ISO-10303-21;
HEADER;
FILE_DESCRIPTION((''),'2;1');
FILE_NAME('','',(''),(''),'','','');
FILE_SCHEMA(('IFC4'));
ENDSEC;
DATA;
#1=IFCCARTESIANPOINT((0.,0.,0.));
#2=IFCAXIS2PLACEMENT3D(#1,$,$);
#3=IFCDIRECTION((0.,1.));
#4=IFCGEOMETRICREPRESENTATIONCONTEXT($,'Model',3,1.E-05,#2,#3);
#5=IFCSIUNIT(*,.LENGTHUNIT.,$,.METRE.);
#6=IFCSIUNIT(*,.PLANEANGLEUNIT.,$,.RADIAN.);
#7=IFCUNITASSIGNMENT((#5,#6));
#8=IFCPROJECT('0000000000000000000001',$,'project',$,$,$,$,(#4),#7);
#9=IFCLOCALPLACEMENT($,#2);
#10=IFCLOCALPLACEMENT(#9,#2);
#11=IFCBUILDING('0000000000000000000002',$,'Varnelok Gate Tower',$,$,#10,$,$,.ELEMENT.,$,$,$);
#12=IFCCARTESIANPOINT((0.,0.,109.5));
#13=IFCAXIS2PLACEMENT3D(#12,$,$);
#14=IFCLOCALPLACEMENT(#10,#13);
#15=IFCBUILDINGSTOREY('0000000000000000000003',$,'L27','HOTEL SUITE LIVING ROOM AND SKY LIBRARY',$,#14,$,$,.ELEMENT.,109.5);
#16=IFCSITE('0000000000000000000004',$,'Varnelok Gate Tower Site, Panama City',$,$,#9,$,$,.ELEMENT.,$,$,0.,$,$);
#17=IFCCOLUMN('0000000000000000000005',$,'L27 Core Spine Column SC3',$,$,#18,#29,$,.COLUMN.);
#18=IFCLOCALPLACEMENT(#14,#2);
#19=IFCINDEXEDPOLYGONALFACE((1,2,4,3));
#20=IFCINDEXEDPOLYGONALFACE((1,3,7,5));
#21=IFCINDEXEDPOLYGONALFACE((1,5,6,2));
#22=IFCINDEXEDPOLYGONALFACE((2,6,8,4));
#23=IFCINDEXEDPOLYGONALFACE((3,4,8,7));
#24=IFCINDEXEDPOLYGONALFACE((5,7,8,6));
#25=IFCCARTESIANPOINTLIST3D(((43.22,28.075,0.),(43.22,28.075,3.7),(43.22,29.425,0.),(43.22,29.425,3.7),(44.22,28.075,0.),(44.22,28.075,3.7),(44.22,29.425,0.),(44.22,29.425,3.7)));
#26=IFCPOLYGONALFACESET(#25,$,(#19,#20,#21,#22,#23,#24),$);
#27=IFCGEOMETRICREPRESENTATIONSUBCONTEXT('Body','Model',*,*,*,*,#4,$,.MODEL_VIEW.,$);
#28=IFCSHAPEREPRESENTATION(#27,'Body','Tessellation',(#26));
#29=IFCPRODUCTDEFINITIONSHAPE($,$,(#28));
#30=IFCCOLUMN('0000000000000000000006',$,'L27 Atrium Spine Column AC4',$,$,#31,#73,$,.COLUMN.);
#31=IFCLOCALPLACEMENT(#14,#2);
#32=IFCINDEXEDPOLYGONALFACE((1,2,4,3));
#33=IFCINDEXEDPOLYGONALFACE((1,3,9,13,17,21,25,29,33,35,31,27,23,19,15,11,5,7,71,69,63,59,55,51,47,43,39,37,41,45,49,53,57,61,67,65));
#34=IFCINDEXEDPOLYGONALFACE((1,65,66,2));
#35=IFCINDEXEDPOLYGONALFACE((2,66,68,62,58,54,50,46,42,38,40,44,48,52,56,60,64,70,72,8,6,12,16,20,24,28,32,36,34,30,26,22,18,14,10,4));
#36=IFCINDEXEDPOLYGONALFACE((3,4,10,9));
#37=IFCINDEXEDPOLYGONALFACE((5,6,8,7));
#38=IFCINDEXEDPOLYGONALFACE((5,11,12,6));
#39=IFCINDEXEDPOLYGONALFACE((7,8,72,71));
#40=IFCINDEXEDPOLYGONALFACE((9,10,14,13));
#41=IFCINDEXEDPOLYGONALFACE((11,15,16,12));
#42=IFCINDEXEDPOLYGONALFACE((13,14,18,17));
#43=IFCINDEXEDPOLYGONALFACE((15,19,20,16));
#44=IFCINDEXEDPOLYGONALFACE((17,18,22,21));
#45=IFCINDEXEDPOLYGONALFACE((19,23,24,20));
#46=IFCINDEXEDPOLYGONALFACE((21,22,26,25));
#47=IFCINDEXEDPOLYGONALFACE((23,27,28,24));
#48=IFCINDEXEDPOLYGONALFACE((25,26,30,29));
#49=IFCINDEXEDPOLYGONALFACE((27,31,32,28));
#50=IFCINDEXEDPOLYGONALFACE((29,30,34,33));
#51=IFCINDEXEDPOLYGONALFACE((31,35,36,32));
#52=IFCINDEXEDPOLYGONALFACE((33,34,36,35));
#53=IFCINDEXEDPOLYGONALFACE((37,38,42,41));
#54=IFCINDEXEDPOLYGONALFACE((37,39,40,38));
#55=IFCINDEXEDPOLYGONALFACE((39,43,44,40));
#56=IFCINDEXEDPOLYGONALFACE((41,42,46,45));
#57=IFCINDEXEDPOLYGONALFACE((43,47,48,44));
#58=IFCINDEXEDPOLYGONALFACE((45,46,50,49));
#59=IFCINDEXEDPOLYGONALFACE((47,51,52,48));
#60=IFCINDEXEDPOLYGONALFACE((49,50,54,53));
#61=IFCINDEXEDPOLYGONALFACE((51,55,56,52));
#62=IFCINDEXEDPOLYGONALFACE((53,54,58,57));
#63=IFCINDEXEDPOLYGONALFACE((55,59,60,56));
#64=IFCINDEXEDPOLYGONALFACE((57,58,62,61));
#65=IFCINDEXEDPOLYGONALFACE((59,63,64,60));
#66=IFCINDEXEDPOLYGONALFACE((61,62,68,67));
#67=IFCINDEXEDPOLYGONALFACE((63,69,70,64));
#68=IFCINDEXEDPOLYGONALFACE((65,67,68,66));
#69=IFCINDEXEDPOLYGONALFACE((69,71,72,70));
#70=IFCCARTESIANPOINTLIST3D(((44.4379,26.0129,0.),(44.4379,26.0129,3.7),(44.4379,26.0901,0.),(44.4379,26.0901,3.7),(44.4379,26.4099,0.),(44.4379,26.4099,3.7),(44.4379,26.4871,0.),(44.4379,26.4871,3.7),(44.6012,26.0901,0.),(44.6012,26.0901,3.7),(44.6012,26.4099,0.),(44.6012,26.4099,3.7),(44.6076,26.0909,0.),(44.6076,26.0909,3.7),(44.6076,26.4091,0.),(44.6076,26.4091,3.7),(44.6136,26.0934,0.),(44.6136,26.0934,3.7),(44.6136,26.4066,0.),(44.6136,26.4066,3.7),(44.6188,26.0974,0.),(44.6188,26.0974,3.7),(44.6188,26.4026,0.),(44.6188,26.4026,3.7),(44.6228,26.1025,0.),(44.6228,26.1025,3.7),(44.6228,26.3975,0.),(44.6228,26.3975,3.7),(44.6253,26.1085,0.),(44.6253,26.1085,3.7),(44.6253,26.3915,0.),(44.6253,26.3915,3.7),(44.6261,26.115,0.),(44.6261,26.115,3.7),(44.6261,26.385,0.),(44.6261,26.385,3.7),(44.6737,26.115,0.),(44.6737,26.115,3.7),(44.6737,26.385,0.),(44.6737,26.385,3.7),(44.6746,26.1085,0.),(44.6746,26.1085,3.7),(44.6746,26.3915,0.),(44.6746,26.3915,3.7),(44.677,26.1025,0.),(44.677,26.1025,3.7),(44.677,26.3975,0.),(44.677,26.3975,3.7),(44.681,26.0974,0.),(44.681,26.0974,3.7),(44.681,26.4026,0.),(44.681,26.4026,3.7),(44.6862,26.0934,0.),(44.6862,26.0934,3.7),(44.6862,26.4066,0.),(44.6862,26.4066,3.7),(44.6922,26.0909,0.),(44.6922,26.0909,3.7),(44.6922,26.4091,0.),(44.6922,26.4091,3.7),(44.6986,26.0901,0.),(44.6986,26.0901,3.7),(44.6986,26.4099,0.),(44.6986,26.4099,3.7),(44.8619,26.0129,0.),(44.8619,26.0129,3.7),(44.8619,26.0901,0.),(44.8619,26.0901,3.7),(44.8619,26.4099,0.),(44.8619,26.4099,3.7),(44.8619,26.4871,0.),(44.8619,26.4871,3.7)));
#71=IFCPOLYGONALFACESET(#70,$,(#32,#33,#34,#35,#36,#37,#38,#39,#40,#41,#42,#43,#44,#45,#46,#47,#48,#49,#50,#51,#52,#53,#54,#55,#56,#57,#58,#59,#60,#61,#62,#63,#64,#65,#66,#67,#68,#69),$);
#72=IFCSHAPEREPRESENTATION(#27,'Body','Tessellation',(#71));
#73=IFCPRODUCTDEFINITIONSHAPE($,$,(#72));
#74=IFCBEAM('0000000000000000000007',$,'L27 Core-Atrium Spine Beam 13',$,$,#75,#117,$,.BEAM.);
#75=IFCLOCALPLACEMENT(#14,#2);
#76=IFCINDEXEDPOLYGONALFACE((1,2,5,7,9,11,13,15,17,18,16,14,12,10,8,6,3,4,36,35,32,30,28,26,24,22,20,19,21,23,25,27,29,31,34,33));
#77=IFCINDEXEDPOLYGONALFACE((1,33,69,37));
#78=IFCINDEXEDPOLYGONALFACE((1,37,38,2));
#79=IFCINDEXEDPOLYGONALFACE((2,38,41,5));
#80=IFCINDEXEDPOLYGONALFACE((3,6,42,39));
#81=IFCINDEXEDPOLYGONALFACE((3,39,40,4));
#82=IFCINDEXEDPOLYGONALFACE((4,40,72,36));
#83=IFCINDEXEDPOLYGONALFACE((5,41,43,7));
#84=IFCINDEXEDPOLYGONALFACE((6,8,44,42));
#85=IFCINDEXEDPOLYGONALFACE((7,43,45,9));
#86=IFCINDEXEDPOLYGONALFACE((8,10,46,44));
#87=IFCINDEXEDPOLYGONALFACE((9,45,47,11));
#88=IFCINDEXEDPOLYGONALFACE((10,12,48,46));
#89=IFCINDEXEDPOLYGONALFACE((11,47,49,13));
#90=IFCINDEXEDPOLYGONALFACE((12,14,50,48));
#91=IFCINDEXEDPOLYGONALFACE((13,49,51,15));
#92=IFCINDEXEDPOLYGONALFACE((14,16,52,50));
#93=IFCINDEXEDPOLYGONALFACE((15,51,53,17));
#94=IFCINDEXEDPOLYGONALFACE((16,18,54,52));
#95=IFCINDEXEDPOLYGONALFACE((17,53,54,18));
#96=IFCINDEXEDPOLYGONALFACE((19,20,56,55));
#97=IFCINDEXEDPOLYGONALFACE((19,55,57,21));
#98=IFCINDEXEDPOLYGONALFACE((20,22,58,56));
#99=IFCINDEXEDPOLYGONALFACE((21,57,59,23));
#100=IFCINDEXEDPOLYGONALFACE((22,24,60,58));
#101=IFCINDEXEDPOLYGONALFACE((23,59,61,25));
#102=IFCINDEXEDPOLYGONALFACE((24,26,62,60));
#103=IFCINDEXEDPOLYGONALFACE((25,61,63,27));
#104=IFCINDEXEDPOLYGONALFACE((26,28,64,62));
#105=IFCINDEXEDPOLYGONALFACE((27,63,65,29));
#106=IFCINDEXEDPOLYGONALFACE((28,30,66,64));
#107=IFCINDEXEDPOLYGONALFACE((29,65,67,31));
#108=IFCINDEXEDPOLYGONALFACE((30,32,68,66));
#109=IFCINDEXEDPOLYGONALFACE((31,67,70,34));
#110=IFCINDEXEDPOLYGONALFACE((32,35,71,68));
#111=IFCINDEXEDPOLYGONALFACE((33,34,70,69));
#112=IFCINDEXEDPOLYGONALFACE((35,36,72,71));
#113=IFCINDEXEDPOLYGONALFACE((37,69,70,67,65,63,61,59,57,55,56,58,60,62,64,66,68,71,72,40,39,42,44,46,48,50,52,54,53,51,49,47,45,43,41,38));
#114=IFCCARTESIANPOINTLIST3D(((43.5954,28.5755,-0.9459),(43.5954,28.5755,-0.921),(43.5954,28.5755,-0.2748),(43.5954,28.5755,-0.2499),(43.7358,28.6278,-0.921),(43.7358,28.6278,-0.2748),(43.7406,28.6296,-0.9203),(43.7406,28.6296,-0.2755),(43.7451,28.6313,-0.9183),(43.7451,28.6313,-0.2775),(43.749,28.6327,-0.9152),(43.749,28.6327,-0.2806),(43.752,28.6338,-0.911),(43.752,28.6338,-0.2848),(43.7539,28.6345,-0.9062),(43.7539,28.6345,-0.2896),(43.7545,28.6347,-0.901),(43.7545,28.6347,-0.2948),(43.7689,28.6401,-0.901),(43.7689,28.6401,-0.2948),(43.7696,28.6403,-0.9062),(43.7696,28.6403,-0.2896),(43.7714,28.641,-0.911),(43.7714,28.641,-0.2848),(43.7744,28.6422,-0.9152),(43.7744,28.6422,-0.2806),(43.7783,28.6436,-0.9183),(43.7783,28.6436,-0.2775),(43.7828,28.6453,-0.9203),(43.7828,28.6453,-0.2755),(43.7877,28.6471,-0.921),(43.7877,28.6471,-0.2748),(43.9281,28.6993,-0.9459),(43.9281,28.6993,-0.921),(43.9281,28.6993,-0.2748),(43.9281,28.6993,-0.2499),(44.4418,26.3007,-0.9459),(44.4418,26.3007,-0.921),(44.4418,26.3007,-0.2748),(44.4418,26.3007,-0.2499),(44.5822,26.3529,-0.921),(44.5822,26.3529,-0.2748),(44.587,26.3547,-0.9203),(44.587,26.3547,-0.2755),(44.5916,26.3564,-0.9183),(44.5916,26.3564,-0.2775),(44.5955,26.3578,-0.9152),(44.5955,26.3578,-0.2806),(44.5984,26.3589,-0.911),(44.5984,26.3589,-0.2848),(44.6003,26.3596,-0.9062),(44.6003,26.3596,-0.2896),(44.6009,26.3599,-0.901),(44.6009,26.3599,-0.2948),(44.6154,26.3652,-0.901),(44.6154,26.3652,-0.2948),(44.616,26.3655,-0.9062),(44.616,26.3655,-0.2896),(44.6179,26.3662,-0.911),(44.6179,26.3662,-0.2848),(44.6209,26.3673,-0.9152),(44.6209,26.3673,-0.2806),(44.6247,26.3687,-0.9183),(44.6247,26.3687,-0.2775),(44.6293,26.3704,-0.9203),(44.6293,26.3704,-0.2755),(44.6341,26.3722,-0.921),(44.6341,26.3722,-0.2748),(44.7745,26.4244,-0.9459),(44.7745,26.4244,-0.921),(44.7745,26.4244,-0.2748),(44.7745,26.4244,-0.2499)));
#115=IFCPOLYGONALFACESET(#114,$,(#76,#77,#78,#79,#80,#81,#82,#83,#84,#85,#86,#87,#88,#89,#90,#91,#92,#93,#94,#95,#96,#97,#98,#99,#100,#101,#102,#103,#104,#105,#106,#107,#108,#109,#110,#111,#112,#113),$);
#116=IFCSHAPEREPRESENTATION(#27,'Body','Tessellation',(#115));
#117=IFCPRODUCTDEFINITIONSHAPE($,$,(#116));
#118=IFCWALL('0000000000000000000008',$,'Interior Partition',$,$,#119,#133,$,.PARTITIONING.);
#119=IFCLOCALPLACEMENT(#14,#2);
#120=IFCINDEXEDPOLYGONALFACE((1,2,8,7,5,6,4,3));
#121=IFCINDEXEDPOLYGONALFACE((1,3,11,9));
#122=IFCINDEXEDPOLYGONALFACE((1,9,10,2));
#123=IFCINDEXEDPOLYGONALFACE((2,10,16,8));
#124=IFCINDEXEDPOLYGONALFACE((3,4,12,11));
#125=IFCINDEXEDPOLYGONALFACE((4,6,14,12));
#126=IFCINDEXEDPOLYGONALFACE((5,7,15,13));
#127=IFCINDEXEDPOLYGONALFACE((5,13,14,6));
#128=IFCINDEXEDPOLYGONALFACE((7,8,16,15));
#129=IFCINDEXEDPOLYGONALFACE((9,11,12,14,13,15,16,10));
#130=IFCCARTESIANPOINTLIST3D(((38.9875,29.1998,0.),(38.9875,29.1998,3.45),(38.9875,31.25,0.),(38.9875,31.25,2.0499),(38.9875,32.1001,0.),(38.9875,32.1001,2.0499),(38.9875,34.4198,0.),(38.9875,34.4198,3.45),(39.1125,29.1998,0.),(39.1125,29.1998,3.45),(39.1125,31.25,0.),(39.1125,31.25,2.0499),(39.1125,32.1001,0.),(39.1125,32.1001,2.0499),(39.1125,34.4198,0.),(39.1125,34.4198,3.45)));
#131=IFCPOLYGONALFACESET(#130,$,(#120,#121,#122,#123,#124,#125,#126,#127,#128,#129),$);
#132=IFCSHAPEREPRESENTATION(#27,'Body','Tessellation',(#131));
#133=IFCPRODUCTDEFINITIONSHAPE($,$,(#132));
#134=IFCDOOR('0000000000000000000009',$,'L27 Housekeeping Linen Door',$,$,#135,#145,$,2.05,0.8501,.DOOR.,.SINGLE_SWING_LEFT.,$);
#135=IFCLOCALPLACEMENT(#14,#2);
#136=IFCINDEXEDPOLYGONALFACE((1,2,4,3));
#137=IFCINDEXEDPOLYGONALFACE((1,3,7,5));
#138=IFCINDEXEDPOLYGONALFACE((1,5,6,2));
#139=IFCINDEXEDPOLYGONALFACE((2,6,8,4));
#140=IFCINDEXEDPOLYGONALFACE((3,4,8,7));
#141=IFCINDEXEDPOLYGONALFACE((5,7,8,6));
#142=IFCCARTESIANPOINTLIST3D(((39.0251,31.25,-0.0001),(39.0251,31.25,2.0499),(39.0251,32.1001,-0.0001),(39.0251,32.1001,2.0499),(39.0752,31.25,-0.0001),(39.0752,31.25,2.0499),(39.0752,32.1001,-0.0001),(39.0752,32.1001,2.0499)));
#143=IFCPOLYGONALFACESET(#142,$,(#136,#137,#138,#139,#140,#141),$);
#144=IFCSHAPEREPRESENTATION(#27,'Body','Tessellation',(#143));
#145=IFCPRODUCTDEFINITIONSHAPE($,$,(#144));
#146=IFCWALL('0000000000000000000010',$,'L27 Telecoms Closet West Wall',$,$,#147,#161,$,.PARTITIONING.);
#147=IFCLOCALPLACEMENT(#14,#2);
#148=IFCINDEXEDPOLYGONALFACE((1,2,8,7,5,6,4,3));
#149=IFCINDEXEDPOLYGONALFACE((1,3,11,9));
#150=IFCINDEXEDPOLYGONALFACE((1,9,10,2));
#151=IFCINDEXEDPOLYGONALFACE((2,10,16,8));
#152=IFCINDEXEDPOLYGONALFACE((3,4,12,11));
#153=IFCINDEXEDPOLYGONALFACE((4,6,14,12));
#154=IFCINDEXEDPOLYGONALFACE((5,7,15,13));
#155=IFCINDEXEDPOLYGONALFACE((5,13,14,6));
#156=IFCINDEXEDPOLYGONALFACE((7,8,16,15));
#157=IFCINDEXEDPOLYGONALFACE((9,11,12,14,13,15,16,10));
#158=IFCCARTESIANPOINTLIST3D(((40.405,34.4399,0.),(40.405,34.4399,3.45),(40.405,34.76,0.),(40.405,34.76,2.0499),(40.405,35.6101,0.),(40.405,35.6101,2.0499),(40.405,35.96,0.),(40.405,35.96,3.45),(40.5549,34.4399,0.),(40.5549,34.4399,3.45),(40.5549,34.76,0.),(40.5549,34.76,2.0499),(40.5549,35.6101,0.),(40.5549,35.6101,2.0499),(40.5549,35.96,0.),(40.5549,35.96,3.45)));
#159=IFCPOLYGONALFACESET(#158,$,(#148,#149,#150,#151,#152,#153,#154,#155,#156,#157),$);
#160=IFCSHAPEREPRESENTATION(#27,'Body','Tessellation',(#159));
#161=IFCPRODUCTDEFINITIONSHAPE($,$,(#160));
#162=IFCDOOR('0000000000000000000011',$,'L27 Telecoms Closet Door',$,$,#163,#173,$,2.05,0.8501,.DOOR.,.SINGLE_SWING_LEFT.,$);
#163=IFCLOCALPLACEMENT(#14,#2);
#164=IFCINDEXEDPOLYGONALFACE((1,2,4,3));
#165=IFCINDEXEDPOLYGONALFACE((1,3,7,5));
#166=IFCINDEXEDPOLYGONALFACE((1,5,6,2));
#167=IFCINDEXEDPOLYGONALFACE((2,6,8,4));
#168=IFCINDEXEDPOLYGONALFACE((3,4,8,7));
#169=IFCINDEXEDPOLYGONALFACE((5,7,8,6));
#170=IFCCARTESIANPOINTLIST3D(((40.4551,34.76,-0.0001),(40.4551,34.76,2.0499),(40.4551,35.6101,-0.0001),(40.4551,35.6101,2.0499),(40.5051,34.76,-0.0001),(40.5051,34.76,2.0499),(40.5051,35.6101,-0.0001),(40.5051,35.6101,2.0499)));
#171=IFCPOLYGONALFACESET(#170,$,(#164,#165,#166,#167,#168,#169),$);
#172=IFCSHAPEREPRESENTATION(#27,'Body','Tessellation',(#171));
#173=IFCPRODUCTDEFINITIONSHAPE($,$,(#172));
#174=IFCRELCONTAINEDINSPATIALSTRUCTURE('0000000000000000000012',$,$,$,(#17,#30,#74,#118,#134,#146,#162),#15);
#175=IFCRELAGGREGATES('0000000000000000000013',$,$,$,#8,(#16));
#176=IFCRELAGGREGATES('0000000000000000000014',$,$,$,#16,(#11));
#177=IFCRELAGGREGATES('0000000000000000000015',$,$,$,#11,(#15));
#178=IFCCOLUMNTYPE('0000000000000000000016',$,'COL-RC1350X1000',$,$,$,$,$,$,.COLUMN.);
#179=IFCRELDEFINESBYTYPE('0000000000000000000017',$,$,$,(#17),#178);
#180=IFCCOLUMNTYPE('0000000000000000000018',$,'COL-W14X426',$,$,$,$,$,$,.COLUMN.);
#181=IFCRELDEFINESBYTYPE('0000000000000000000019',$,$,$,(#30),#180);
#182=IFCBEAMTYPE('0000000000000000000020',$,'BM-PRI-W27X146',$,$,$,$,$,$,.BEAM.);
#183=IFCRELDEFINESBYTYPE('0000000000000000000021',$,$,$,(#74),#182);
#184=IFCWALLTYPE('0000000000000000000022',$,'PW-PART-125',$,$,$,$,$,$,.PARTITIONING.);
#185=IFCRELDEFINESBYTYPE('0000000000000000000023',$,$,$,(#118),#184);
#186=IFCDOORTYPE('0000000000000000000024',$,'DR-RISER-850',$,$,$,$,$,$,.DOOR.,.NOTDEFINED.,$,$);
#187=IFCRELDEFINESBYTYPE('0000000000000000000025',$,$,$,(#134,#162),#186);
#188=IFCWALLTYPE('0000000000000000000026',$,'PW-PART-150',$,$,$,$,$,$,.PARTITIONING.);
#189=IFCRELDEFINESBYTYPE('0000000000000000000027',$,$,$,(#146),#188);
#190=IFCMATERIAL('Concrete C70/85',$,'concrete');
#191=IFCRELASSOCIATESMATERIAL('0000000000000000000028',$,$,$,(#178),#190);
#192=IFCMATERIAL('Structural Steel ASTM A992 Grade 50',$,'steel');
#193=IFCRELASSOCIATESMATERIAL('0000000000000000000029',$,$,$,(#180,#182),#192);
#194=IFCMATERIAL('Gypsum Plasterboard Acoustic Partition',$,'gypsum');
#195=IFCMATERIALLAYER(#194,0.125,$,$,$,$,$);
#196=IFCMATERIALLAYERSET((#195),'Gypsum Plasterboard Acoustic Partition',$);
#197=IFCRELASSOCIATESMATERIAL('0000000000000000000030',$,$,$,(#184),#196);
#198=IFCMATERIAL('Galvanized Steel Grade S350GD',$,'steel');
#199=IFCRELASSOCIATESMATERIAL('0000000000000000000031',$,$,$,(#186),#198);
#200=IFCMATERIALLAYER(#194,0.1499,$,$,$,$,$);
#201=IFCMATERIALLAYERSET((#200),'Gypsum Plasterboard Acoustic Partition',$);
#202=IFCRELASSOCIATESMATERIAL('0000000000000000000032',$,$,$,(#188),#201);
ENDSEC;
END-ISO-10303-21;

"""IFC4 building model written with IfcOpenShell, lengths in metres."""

from ifc_helpers import new_model, si_unit, direction, frame, frame_2d, origin, origin_2d, place, context, subcontext, project, spatial, rectangle, i_section, extrude, material, layer, layer_set, material_profile, profile_set, type_object, element, fill, save


model = new_model("IFC4")

# Units and contexts
model_context = context("Model", 3, precision=1e-05, world=origin(), true_north=direction((0.0, 1.0)))
body_context = subcontext(model_context, "Body", "Model", "MODEL_VIEW")
ifc_project = project(units=[si_unit("LENGTHUNIT", "METRE"), si_unit("PLANEANGLEUNIT", "RADIAN")], contexts=[model_context])

# Site, building, storey
site_placement = place(None, origin())
site = spatial("IfcSite", under=ifc_project, at=site_placement, Name="Varnelok Gate Tower Site, Panama City", CompositionType="ELEMENT", RefElevation=0.0)
building_placement = place(site_placement, origin())
building = spatial("IfcBuilding", under=site, at=building_placement, Name="Varnelok Gate Tower", CompositionType="ELEMENT")
storey_placement = place(building_placement, frame((0.0, 0.0, 109.5)))
storey = spatial("IfcBuildingStorey", under=building, at=storey_placement, Name="L27", Description="HOTEL SUITE LIVING ROOM AND SKY LIBRARY", CompositionType="ELEMENT", Elevation=109.5)

# Columns
ifc_material_1 = material(Name="Concrete C70/85", Category="concrete")
ifc_material_profile_1 = material_profile(ifc_material_1, rectangle(XDim=1.0, YDim=1.3501, at=origin_2d()), Name="RC1350X1000")
ifc_profile_set_1 = profile_set([ifc_material_profile_1], Name="Concrete C70/85")
column_type_1 = type_object("IfcColumnType", Name="COL-RC1350X1000", PredefinedType="COLUMN", material=ifc_profile_set_1)
column_1_placement = place(storey_placement, frame((43.72, 28.75, 0.0), z_axis=(0.0, 0.0, 1.0), x_axis=(1.0, 0.0, 0.0)))
element("IfcColumn", 1, at=column_1_placement, inside=storey, type_object=column_type_1, Name="L27 Core Spine Column SC3", PredefinedType="COLUMN", context=body_context, shape_type="SweptSolid", body=[
    extrude(rectangle(XDim=1.0, YDim=1.3501, at=origin_2d()), origin(), (0.0, 0.0, 1.0), 3.7),
])
ifc_material_2 = material(Name="Structural Steel ASTM A992 Grade 50", Category="steel")
ifc_material_profile_2 = material_profile(ifc_material_2, i_section(OverallWidth=0.4241, OverallDepth=0.4741, WebThickness=0.0476, FlangeThickness=0.0771, FilletRadius=0.0249, at=origin_2d()), Name="W14X426")
ifc_profile_set_2 = profile_set([ifc_material_profile_2], Name="Structural Steel ASTM A992 Grade 50")
column_type_2 = type_object("IfcColumnType", Name="COL-W14X426", PredefinedType="COLUMN", material=ifc_profile_set_2)
column_2_placement = place(storey_placement, frame((44.6499, 26.25, 0.0), z_axis=(0.0, 0.0, 1.0), x_axis=(1.0, 0.0, 0.0)))
element("IfcColumn", 2, at=column_2_placement, inside=storey, type_object=column_type_2, Name="L27 Atrium Spine Column AC4", PredefinedType="COLUMN", context=body_context, shape_type="SweptSolid", body=[
    extrude(i_section(OverallWidth=0.4241, OverallDepth=0.4741, WebThickness=0.0476, FlangeThickness=0.0771, FilletRadius=0.0249, at=origin_2d()), origin(), (0.0, 0.0, 1.0), 3.7),
])

# Beam
ifc_material_profile_3 = material_profile(ifc_material_2, i_section(OverallWidth=0.355, OverallDepth=0.696, WebThickness=0.0154, FlangeThickness=0.0249, FilletRadius=0.02, at=origin_2d()), Name="W27X146")
ifc_profile_set_3 = profile_set([ifc_material_profile_3], Name="Structural Steel ASTM A992 Grade 50")
beam_type = type_object("IfcBeamType", Name="BM-PRI-W27X146", PredefinedType="BEAM", material=ifc_profile_set_3)
beam_placement = place(storey_placement, frame((44.6082, 26.3625, -0.5979), z_axis=(-0.348719, 0.937227, 0.0), x_axis=(-0.937227, -0.348719, 0.0)))
element("IfcBeam", 3, at=beam_placement, inside=storey, type_object=beam_type, Name="L27 Core-Atrium Spine Beam 13", PredefinedType="BEAM", context=body_context, shape_type="SweptSolid", body=[
    extrude(i_section(OverallWidth=0.355, OverallDepth=0.696, WebThickness=0.0154, FlangeThickness=0.0249, FilletRadius=0.02, at=origin_2d()), origin(), (0.0, 0.0, 1.0), 2.4272),
])

# Walls, openings, doors
ifc_material_3 = material(Name="Gypsum Plasterboard Acoustic Partition", Category="gypsum")
ifc_layer_1 = layer(ifc_material_3, 0.125)
ifc_layer_set_1 = layer_set([ifc_layer_1], Name="Gypsum Plasterboard Acoustic Partition")
wall_type_1 = type_object("IfcWallType", Name="PW-PART-125", PredefinedType="PARTITIONING", material=ifc_layer_set_1)
wall_1_placement = place(storey_placement, frame((39.05, 29.2, 0.0), z_axis=(0.0, 0.0, 1.0), x_axis=(0.0, 1.0, 0.0)))
wall_1 = element("IfcWall", 4, at=wall_1_placement, inside=storey, type_object=wall_type_1, Name="Interior Partition", PredefinedType="PARTITIONING", context=body_context, shape_type="SweptSolid", body=[
    extrude(rectangle(XDim=5.22, YDim=0.125, at=frame_2d((2.6099, 0.0))), origin(), (0.0, 0.0, 1.0), 3.45),
])
opening_1_placement = place(wall_1_placement, frame((2.05, 0.0, 0.0)))
opening_1 = element("IfcOpeningElement", 5, at=opening_1_placement, cuts=wall_1, PredefinedType="OPENING", context=body_context, shape_type="SweptSolid", body=[
    extrude(rectangle(XDim=0.8501, YDim=2.05, at=frame_2d((0.425, 1.0249))), frame((0.0, 0.0725, 0.0), z_axis=(0.0, -1.0, 0.0), x_axis=(1.0, 0.0, 0.0)), (0.0, 0.0, 1.0), 0.145),
])
ifc_material_4 = material(Name="Galvanized Steel Grade S350GD", Category="steel")
door_type_1 = type_object("IfcDoorType", Name="DR-RISER-850", OperationType="NOTDEFINED", PredefinedType="DOOR", material=ifc_material_4)
door_1_placement = place(opening_1_placement, origin())
door_1 = element("IfcDoor", 6, at=door_1_placement, inside=storey, type_object=door_type_1, Name="L27 Housekeeping Linen Door", OperationType="SINGLE_SWING_LEFT", OverallHeight=2.05, OverallWidth=0.8501, PredefinedType="DOOR", context=body_context, shape_type="SweptSolid", body=[
    extrude(rectangle(XDim=0.8501, YDim=2.05, at=frame_2d((0.425, 1.0249))), frame((0.0, 0.0249, 0.0), z_axis=(0.0, -1.0, 0.0), x_axis=(1.0, 0.0, 0.0)), (0.0, 0.0, 1.0), 0.05),
])
fill(opening_1, door_1)
ifc_layer_2 = layer(ifc_material_3, 0.1499)
ifc_layer_set_2 = layer_set([ifc_layer_2], Name="Gypsum Plasterboard Acoustic Partition")
wall_type_2 = type_object("IfcWallType", Name="PW-PART-150", PredefinedType="PARTITIONING", material=ifc_layer_set_2)
wall_2_placement = place(storey_placement, frame((40.48, 34.4399, 0.0), z_axis=(0.0, 0.0, 1.0), x_axis=(0.0, 1.0, 0.0)))
wall_2 = element("IfcWall", 7, at=wall_2_placement, inside=storey, type_object=wall_type_2, Name="L27 Telecoms Closet West Wall", PredefinedType="PARTITIONING", context=body_context, shape_type="SweptSolid", body=[
    extrude(rectangle(XDim=1.52, YDim=0.1499, at=frame_2d((0.76, 0.0))), origin(), (0.0, 0.0, 1.0), 3.45),
])
opening_2_placement = place(wall_2_placement, frame((0.3201, 0.0, 0.0)))
opening_2 = element("IfcOpeningElement", 8, at=opening_2_placement, cuts=wall_2, PredefinedType="OPENING", context=body_context, shape_type="SweptSolid", body=[
    extrude(rectangle(XDim=0.8501, YDim=2.05, at=frame_2d((0.425, 1.0249))), frame((0.0, 0.085, 0.0), z_axis=(0.0, -1.0, 0.0), x_axis=(1.0, 0.0, 0.0)), (0.0, 0.0, 1.0), 0.1699),
])
door_2_placement = place(opening_2_placement, origin())
door_2 = element("IfcDoor", 9, at=door_2_placement, inside=storey, type_object=door_type_1, Name="L27 Telecoms Closet Door", OperationType="SINGLE_SWING_LEFT", OverallHeight=2.05, OverallWidth=0.8501, PredefinedType="DOOR", context=body_context, shape_type="SweptSolid", body=[
    extrude(rectangle(XDim=0.8501, YDim=2.05, at=frame_2d((0.425, 1.0249))), frame((0.0, 0.0249, 0.0), z_axis=(0.0, -1.0, 0.0), x_axis=(1.0, 0.0, 0.0)), (0.0, 0.0, 1.0), 0.05),
])
fill(opening_2, door_2)

save(model, "model.ifc")
